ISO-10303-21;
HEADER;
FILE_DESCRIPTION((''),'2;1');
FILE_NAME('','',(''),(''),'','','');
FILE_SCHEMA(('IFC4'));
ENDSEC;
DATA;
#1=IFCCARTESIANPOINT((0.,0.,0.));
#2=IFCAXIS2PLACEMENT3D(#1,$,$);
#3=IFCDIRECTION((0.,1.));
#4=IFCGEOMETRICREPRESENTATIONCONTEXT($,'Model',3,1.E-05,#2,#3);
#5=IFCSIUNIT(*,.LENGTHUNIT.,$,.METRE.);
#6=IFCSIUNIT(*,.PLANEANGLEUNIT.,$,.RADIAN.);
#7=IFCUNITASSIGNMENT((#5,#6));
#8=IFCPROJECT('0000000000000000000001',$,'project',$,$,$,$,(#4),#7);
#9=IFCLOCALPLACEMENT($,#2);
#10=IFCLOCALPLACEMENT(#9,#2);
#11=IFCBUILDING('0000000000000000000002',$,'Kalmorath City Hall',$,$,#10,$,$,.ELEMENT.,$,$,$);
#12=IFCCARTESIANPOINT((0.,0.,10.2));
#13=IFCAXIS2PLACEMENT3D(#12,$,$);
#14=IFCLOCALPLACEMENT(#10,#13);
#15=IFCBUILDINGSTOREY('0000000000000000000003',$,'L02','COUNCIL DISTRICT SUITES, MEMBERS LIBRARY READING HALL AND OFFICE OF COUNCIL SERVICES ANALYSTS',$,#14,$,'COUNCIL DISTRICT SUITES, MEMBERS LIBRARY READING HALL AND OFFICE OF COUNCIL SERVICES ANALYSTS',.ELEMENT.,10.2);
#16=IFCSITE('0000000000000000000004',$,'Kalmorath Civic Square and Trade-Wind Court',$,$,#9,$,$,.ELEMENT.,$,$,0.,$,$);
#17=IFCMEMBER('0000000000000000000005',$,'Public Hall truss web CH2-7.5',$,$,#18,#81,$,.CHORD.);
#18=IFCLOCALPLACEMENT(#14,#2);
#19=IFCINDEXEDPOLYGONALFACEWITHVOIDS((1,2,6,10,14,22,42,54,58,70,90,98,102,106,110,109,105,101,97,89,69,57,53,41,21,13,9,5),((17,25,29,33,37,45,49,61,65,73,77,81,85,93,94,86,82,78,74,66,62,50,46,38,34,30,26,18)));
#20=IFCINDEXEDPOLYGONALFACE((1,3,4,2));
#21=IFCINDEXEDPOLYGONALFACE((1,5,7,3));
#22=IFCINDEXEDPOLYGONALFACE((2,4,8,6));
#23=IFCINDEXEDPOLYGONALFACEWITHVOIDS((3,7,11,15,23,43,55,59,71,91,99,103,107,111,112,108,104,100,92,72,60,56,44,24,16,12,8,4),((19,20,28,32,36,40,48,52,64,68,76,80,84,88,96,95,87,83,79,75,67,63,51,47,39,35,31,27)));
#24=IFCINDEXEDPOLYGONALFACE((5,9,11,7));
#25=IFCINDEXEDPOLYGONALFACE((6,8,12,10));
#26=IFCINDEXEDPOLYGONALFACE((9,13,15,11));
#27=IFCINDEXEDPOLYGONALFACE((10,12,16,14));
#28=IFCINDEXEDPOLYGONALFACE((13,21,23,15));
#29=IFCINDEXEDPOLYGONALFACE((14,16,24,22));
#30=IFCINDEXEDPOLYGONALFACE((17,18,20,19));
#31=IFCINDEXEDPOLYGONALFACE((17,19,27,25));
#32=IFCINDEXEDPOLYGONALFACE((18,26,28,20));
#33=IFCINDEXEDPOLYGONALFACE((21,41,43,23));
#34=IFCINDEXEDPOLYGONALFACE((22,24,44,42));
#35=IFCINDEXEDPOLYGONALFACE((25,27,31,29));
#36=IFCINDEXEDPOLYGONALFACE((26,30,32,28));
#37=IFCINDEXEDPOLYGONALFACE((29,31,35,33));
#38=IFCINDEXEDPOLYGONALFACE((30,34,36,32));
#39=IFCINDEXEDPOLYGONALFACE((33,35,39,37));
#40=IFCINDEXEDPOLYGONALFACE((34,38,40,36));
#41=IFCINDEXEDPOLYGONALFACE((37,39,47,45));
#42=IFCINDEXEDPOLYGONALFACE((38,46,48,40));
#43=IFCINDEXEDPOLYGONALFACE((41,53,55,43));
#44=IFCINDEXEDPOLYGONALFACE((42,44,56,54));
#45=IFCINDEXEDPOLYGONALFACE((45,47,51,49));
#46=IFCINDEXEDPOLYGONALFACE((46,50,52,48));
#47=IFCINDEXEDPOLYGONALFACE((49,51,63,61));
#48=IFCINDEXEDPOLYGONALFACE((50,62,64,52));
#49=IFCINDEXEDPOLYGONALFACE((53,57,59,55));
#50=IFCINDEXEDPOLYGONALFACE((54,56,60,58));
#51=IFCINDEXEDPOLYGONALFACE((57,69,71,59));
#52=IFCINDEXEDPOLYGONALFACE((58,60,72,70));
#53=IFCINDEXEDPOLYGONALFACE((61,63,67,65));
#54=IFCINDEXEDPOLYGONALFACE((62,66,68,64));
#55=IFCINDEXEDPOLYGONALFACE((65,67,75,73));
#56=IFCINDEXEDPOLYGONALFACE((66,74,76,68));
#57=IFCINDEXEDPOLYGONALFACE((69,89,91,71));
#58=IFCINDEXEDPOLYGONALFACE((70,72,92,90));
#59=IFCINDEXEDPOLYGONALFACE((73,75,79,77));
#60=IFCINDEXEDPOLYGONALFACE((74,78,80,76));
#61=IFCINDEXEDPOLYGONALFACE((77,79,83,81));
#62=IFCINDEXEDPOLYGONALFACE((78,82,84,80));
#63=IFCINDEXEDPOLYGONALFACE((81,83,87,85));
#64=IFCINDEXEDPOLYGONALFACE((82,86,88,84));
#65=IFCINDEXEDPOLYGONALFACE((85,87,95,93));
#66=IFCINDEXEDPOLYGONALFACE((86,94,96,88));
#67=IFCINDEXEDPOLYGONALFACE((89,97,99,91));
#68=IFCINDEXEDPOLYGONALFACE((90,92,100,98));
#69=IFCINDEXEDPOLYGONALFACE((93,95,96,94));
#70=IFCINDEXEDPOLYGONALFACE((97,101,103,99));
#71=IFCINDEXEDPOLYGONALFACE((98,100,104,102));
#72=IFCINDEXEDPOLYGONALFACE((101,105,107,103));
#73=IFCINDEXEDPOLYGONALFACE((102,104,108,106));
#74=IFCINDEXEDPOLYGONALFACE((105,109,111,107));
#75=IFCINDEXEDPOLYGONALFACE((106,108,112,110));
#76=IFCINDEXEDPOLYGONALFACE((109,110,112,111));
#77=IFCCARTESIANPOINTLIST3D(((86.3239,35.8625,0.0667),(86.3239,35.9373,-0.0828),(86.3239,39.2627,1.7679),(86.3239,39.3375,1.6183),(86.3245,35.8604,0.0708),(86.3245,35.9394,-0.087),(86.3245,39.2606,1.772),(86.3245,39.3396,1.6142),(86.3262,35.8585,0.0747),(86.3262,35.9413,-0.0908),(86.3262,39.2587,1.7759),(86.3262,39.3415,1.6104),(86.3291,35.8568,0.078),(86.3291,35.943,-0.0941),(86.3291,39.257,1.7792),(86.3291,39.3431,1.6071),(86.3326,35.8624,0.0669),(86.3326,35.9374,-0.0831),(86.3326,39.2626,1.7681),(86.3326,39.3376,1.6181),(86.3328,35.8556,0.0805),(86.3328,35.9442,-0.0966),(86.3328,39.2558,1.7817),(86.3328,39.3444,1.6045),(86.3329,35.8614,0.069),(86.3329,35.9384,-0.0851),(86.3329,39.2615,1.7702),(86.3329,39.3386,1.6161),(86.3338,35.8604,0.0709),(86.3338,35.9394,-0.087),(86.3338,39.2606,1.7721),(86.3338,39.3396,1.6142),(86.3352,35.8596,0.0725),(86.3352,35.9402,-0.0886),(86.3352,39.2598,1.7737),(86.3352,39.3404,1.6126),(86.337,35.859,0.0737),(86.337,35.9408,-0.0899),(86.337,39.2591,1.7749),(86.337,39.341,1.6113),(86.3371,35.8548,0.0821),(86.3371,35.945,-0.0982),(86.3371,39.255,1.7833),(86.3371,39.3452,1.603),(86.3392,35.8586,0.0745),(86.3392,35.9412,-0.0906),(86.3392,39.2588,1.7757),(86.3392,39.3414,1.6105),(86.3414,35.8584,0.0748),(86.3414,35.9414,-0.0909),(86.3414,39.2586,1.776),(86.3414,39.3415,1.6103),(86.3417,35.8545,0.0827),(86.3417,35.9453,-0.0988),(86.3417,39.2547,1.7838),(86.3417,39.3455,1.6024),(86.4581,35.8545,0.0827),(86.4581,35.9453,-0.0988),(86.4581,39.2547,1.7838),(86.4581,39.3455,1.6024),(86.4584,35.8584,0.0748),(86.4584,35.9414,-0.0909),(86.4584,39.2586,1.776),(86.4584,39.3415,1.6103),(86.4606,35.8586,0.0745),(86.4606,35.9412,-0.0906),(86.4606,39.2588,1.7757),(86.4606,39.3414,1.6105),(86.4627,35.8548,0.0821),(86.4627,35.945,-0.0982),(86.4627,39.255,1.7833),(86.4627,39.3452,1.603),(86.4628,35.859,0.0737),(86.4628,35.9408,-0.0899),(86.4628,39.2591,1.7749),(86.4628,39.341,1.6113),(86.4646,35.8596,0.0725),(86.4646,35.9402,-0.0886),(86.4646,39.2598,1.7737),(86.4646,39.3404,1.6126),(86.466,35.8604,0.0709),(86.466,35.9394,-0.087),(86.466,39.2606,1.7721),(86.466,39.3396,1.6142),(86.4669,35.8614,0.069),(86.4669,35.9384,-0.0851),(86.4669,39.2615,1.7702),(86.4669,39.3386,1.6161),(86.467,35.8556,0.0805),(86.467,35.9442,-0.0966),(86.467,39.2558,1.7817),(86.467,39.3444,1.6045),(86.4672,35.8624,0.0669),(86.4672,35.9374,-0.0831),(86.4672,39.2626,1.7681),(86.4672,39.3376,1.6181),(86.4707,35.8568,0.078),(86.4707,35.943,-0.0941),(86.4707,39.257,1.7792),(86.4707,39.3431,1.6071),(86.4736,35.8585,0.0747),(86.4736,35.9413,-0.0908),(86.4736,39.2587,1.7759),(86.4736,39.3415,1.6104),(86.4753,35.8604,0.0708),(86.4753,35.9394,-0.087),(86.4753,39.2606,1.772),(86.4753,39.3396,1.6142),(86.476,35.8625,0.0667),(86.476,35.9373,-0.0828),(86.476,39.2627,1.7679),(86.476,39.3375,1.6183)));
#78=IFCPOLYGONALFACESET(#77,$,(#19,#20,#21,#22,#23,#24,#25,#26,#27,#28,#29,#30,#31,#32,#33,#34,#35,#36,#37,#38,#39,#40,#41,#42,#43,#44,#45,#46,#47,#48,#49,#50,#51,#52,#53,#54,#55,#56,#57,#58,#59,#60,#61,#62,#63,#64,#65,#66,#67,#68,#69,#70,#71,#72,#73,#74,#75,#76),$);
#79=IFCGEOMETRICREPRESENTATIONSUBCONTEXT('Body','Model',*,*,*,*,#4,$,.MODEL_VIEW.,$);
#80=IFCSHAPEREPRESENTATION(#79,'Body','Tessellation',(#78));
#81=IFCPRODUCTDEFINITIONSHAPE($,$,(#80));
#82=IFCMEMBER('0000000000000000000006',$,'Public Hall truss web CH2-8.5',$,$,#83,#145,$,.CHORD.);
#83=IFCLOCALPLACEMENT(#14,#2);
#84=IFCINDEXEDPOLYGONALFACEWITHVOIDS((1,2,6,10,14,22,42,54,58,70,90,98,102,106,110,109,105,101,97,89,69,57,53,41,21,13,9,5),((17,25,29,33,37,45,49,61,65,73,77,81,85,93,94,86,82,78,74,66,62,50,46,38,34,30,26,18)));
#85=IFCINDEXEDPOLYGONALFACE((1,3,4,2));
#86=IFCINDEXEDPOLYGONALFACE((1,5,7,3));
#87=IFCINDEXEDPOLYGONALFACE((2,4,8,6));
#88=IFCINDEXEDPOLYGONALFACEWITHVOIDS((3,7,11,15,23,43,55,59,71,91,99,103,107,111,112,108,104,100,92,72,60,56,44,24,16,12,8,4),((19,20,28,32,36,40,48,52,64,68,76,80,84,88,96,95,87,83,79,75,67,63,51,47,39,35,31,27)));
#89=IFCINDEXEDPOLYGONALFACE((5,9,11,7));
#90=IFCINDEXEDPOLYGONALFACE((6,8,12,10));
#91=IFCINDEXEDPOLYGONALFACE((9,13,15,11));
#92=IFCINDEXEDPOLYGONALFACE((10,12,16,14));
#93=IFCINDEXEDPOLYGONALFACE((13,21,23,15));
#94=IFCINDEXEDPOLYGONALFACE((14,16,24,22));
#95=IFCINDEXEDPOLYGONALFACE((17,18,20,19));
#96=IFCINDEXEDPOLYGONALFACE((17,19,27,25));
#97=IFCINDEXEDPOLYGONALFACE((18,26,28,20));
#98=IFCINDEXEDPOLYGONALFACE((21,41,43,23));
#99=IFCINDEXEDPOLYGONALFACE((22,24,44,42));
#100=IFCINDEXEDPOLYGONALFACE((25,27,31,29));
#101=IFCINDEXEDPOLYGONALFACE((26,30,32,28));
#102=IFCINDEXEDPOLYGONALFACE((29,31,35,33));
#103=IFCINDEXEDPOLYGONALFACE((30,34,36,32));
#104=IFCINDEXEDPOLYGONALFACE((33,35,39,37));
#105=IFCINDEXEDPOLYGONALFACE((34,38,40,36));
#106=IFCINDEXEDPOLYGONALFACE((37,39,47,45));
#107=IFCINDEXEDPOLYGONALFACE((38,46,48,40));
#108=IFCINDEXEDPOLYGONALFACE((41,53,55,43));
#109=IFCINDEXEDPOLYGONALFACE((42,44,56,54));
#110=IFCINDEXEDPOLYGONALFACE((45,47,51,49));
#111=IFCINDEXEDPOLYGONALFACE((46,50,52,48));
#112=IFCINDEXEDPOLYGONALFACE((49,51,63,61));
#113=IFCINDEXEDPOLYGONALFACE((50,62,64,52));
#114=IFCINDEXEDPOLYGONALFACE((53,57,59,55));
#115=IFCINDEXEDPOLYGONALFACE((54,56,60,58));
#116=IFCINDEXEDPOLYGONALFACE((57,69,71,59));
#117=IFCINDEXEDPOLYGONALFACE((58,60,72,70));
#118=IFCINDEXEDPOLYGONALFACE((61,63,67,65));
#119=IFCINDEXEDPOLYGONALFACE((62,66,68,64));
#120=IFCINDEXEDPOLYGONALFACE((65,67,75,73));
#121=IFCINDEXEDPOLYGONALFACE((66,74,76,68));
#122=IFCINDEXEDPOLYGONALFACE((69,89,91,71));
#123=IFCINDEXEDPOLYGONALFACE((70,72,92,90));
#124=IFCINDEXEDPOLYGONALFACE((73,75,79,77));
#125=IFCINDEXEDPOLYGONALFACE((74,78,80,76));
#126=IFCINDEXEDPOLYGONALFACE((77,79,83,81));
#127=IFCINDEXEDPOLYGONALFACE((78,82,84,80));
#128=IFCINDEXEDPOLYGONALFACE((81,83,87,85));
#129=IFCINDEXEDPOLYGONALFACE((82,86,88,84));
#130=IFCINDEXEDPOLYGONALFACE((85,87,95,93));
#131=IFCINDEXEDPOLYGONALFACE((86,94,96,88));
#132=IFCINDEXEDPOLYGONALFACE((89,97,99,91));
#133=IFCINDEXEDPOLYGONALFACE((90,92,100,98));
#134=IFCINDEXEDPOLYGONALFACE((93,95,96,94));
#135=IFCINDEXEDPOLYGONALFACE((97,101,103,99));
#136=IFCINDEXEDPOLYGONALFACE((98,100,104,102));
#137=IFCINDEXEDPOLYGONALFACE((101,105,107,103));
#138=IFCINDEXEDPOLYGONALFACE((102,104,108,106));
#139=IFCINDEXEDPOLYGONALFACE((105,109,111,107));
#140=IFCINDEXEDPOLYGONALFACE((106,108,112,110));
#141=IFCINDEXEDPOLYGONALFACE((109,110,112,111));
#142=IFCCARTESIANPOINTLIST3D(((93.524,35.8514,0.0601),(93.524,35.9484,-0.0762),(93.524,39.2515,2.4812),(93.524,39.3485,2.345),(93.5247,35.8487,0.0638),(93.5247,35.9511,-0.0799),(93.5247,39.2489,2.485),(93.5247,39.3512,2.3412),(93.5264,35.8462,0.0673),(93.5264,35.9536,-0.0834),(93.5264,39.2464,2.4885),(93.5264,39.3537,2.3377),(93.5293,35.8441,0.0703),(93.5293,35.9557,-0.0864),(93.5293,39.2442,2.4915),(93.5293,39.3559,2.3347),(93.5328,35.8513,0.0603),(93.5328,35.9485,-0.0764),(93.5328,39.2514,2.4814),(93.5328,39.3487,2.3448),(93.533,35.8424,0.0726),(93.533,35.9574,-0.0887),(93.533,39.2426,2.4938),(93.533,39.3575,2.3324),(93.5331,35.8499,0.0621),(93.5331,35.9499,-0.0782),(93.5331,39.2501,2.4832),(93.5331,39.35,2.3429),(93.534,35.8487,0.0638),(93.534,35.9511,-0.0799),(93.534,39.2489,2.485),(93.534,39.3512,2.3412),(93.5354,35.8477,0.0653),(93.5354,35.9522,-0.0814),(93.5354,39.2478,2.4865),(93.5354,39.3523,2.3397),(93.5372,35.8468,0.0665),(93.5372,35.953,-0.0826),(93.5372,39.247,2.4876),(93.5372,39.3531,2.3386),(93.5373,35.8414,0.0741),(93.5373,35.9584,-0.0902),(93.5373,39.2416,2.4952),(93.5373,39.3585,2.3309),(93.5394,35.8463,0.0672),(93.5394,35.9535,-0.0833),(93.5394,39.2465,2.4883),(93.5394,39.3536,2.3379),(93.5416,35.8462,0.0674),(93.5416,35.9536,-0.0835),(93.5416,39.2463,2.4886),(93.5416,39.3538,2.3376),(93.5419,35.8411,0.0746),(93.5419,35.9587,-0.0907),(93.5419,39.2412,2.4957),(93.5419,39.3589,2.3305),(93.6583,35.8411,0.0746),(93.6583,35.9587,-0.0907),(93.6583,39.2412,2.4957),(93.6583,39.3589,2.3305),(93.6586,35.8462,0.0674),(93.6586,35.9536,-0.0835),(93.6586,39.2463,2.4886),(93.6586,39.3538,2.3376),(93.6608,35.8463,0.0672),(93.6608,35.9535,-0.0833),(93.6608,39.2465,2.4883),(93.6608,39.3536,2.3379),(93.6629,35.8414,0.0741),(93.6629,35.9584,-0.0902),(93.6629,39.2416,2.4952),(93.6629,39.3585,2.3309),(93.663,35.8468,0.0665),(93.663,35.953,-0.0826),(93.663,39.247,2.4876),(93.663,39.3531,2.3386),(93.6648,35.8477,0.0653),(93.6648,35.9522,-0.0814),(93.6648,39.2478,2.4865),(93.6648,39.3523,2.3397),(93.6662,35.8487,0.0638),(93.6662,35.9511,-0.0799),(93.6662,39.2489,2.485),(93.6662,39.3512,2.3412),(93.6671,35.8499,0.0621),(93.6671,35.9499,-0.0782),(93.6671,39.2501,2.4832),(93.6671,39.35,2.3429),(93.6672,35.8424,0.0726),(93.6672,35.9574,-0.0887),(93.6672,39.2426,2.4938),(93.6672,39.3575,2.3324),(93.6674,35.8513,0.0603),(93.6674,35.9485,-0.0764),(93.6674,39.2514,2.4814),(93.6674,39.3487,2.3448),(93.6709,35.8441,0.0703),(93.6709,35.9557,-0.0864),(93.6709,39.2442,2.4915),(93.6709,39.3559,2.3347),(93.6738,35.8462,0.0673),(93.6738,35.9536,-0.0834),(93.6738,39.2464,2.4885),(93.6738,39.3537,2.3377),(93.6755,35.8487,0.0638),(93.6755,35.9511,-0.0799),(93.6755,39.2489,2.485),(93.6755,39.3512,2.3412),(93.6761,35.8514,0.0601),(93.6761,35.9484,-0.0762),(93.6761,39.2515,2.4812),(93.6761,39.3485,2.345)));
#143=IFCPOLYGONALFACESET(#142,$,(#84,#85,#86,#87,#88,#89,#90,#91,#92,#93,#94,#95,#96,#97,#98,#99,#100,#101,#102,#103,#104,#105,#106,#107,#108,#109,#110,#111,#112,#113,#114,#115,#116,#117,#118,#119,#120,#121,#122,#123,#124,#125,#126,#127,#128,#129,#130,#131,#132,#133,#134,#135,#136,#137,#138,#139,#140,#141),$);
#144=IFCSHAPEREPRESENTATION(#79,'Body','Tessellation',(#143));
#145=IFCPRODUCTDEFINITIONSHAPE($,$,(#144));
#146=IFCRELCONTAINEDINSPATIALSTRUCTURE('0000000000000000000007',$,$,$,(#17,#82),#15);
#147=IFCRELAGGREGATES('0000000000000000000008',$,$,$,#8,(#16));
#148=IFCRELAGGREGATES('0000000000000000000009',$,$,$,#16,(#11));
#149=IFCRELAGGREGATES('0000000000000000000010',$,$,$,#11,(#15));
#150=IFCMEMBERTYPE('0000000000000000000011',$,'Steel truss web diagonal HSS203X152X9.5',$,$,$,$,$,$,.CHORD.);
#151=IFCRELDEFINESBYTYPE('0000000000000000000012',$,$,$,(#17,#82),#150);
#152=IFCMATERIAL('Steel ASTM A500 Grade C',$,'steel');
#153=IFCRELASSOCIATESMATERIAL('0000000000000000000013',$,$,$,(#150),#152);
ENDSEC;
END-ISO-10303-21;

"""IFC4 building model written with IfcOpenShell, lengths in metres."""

from ifc_helpers import new_model, si_unit, direction, frame, origin, origin_2d, place, context, subcontext, project, spatial, hollow_rectangle, extrude, material, material_profile, profile_set, type_object, element, save


model = new_model("IFC4")

# Units and contexts
model_context = context("Model", 3, precision=1e-05, world=origin(), true_north=direction((0.0, 1.0)))
body_context = subcontext(model_context, "Body", "Model", "MODEL_VIEW")
ifc_project = project(units=[si_unit("LENGTHUNIT", "METRE"), si_unit("PLANEANGLEUNIT", "RADIAN")], contexts=[model_context])

# Site, building, storey
site_placement = place(None, origin())
site = spatial("IfcSite", under=ifc_project, at=site_placement, Name="Kalmorath Civic Square and Trade-Wind Court", CompositionType="ELEMENT", RefElevation=0.0)
building_placement = place(site_placement, origin())
building = spatial("IfcBuilding", under=site, at=building_placement, Name="Kalmorath City Hall", CompositionType="ELEMENT")
storey_placement = place(building_placement, frame((0.0, 0.0, 10.2)))
storey = spatial("IfcBuildingStorey", under=building, at=storey_placement, Name="L02", Description="COUNCIL DISTRICT SUITES, MEMBERS LIBRARY READING HALL AND OFFICE OF COUNCIL SERVICES ANALYSTS", LongName="COUNCIL DISTRICT SUITES, MEMBERS LIBRARY READING HALL AND OFFICE OF COUNCIL SERVICES ANALYSTS", CompositionType="ELEMENT", Elevation=10.2)

# Members
ifc_material_1 = material(Name="Steel ASTM A500 Grade C", Category="steel")
ifc_material_profile_1 = material_profile(ifc_material_1, hollow_rectangle(XDim=0.1521, YDim=0.2029, WallThickness=0.0088, InnerFilletRadius=0.0088, OuterFilletRadius=0.0178, at=origin_2d()), Name="HSS203X152X9.5")
ifc_profile_set_1 = profile_set([ifc_material_profile_1], Name="Steel ASTM A500 Grade C")
member_type_1 = type_object("IfcMemberType", Name="Steel truss web diagonal HSS203X152X9.5", PredefinedType="CHORD", material=ifc_profile_set_1)
member_1_placement = place(storey_placement, frame((86.3999, 35.8999, -0.0081), z_axis=(0.0, 0.894312, 0.447445), x_axis=(-1.0, 0.0, 0.0)))
element("IfcMember", 1, at=member_1_placement, inside=storey, type_object=member_type_1, Name="Public Hall truss web CH2-7.5", PredefinedType="CHORD", context=body_context, shape_type="SweptSolid", body=[
    extrude(hollow_rectangle(XDim=0.1521, YDim=0.2029, WallThickness=0.0088, InnerFilletRadius=0.0088, OuterFilletRadius=0.0178, at=origin_2d()), origin(), (0.0, 0.0, 1.0), 3.802),
])
member_2_placement = place(storey_placement, frame((93.6001, 35.8999, -0.0081), z_axis=(0.0, 0.814586, 0.580042), x_axis=(-1.0, 0.0, 0.0)))
element("IfcMember", 2, at=member_2_placement, inside=storey, type_object=member_type_1, Name="Public Hall truss web CH2-8.5", PredefinedType="CHORD", context=body_context, shape_type="SweptSolid", body=[
    extrude(hollow_rectangle(XDim=0.1521, YDim=0.2029, WallThickness=0.0088, InnerFilletRadius=0.0088, OuterFilletRadius=0.0178, at=origin_2d()), origin(), (0.0, 0.0, 1.0), 4.1741),
])

save(model, "model.ifc")
